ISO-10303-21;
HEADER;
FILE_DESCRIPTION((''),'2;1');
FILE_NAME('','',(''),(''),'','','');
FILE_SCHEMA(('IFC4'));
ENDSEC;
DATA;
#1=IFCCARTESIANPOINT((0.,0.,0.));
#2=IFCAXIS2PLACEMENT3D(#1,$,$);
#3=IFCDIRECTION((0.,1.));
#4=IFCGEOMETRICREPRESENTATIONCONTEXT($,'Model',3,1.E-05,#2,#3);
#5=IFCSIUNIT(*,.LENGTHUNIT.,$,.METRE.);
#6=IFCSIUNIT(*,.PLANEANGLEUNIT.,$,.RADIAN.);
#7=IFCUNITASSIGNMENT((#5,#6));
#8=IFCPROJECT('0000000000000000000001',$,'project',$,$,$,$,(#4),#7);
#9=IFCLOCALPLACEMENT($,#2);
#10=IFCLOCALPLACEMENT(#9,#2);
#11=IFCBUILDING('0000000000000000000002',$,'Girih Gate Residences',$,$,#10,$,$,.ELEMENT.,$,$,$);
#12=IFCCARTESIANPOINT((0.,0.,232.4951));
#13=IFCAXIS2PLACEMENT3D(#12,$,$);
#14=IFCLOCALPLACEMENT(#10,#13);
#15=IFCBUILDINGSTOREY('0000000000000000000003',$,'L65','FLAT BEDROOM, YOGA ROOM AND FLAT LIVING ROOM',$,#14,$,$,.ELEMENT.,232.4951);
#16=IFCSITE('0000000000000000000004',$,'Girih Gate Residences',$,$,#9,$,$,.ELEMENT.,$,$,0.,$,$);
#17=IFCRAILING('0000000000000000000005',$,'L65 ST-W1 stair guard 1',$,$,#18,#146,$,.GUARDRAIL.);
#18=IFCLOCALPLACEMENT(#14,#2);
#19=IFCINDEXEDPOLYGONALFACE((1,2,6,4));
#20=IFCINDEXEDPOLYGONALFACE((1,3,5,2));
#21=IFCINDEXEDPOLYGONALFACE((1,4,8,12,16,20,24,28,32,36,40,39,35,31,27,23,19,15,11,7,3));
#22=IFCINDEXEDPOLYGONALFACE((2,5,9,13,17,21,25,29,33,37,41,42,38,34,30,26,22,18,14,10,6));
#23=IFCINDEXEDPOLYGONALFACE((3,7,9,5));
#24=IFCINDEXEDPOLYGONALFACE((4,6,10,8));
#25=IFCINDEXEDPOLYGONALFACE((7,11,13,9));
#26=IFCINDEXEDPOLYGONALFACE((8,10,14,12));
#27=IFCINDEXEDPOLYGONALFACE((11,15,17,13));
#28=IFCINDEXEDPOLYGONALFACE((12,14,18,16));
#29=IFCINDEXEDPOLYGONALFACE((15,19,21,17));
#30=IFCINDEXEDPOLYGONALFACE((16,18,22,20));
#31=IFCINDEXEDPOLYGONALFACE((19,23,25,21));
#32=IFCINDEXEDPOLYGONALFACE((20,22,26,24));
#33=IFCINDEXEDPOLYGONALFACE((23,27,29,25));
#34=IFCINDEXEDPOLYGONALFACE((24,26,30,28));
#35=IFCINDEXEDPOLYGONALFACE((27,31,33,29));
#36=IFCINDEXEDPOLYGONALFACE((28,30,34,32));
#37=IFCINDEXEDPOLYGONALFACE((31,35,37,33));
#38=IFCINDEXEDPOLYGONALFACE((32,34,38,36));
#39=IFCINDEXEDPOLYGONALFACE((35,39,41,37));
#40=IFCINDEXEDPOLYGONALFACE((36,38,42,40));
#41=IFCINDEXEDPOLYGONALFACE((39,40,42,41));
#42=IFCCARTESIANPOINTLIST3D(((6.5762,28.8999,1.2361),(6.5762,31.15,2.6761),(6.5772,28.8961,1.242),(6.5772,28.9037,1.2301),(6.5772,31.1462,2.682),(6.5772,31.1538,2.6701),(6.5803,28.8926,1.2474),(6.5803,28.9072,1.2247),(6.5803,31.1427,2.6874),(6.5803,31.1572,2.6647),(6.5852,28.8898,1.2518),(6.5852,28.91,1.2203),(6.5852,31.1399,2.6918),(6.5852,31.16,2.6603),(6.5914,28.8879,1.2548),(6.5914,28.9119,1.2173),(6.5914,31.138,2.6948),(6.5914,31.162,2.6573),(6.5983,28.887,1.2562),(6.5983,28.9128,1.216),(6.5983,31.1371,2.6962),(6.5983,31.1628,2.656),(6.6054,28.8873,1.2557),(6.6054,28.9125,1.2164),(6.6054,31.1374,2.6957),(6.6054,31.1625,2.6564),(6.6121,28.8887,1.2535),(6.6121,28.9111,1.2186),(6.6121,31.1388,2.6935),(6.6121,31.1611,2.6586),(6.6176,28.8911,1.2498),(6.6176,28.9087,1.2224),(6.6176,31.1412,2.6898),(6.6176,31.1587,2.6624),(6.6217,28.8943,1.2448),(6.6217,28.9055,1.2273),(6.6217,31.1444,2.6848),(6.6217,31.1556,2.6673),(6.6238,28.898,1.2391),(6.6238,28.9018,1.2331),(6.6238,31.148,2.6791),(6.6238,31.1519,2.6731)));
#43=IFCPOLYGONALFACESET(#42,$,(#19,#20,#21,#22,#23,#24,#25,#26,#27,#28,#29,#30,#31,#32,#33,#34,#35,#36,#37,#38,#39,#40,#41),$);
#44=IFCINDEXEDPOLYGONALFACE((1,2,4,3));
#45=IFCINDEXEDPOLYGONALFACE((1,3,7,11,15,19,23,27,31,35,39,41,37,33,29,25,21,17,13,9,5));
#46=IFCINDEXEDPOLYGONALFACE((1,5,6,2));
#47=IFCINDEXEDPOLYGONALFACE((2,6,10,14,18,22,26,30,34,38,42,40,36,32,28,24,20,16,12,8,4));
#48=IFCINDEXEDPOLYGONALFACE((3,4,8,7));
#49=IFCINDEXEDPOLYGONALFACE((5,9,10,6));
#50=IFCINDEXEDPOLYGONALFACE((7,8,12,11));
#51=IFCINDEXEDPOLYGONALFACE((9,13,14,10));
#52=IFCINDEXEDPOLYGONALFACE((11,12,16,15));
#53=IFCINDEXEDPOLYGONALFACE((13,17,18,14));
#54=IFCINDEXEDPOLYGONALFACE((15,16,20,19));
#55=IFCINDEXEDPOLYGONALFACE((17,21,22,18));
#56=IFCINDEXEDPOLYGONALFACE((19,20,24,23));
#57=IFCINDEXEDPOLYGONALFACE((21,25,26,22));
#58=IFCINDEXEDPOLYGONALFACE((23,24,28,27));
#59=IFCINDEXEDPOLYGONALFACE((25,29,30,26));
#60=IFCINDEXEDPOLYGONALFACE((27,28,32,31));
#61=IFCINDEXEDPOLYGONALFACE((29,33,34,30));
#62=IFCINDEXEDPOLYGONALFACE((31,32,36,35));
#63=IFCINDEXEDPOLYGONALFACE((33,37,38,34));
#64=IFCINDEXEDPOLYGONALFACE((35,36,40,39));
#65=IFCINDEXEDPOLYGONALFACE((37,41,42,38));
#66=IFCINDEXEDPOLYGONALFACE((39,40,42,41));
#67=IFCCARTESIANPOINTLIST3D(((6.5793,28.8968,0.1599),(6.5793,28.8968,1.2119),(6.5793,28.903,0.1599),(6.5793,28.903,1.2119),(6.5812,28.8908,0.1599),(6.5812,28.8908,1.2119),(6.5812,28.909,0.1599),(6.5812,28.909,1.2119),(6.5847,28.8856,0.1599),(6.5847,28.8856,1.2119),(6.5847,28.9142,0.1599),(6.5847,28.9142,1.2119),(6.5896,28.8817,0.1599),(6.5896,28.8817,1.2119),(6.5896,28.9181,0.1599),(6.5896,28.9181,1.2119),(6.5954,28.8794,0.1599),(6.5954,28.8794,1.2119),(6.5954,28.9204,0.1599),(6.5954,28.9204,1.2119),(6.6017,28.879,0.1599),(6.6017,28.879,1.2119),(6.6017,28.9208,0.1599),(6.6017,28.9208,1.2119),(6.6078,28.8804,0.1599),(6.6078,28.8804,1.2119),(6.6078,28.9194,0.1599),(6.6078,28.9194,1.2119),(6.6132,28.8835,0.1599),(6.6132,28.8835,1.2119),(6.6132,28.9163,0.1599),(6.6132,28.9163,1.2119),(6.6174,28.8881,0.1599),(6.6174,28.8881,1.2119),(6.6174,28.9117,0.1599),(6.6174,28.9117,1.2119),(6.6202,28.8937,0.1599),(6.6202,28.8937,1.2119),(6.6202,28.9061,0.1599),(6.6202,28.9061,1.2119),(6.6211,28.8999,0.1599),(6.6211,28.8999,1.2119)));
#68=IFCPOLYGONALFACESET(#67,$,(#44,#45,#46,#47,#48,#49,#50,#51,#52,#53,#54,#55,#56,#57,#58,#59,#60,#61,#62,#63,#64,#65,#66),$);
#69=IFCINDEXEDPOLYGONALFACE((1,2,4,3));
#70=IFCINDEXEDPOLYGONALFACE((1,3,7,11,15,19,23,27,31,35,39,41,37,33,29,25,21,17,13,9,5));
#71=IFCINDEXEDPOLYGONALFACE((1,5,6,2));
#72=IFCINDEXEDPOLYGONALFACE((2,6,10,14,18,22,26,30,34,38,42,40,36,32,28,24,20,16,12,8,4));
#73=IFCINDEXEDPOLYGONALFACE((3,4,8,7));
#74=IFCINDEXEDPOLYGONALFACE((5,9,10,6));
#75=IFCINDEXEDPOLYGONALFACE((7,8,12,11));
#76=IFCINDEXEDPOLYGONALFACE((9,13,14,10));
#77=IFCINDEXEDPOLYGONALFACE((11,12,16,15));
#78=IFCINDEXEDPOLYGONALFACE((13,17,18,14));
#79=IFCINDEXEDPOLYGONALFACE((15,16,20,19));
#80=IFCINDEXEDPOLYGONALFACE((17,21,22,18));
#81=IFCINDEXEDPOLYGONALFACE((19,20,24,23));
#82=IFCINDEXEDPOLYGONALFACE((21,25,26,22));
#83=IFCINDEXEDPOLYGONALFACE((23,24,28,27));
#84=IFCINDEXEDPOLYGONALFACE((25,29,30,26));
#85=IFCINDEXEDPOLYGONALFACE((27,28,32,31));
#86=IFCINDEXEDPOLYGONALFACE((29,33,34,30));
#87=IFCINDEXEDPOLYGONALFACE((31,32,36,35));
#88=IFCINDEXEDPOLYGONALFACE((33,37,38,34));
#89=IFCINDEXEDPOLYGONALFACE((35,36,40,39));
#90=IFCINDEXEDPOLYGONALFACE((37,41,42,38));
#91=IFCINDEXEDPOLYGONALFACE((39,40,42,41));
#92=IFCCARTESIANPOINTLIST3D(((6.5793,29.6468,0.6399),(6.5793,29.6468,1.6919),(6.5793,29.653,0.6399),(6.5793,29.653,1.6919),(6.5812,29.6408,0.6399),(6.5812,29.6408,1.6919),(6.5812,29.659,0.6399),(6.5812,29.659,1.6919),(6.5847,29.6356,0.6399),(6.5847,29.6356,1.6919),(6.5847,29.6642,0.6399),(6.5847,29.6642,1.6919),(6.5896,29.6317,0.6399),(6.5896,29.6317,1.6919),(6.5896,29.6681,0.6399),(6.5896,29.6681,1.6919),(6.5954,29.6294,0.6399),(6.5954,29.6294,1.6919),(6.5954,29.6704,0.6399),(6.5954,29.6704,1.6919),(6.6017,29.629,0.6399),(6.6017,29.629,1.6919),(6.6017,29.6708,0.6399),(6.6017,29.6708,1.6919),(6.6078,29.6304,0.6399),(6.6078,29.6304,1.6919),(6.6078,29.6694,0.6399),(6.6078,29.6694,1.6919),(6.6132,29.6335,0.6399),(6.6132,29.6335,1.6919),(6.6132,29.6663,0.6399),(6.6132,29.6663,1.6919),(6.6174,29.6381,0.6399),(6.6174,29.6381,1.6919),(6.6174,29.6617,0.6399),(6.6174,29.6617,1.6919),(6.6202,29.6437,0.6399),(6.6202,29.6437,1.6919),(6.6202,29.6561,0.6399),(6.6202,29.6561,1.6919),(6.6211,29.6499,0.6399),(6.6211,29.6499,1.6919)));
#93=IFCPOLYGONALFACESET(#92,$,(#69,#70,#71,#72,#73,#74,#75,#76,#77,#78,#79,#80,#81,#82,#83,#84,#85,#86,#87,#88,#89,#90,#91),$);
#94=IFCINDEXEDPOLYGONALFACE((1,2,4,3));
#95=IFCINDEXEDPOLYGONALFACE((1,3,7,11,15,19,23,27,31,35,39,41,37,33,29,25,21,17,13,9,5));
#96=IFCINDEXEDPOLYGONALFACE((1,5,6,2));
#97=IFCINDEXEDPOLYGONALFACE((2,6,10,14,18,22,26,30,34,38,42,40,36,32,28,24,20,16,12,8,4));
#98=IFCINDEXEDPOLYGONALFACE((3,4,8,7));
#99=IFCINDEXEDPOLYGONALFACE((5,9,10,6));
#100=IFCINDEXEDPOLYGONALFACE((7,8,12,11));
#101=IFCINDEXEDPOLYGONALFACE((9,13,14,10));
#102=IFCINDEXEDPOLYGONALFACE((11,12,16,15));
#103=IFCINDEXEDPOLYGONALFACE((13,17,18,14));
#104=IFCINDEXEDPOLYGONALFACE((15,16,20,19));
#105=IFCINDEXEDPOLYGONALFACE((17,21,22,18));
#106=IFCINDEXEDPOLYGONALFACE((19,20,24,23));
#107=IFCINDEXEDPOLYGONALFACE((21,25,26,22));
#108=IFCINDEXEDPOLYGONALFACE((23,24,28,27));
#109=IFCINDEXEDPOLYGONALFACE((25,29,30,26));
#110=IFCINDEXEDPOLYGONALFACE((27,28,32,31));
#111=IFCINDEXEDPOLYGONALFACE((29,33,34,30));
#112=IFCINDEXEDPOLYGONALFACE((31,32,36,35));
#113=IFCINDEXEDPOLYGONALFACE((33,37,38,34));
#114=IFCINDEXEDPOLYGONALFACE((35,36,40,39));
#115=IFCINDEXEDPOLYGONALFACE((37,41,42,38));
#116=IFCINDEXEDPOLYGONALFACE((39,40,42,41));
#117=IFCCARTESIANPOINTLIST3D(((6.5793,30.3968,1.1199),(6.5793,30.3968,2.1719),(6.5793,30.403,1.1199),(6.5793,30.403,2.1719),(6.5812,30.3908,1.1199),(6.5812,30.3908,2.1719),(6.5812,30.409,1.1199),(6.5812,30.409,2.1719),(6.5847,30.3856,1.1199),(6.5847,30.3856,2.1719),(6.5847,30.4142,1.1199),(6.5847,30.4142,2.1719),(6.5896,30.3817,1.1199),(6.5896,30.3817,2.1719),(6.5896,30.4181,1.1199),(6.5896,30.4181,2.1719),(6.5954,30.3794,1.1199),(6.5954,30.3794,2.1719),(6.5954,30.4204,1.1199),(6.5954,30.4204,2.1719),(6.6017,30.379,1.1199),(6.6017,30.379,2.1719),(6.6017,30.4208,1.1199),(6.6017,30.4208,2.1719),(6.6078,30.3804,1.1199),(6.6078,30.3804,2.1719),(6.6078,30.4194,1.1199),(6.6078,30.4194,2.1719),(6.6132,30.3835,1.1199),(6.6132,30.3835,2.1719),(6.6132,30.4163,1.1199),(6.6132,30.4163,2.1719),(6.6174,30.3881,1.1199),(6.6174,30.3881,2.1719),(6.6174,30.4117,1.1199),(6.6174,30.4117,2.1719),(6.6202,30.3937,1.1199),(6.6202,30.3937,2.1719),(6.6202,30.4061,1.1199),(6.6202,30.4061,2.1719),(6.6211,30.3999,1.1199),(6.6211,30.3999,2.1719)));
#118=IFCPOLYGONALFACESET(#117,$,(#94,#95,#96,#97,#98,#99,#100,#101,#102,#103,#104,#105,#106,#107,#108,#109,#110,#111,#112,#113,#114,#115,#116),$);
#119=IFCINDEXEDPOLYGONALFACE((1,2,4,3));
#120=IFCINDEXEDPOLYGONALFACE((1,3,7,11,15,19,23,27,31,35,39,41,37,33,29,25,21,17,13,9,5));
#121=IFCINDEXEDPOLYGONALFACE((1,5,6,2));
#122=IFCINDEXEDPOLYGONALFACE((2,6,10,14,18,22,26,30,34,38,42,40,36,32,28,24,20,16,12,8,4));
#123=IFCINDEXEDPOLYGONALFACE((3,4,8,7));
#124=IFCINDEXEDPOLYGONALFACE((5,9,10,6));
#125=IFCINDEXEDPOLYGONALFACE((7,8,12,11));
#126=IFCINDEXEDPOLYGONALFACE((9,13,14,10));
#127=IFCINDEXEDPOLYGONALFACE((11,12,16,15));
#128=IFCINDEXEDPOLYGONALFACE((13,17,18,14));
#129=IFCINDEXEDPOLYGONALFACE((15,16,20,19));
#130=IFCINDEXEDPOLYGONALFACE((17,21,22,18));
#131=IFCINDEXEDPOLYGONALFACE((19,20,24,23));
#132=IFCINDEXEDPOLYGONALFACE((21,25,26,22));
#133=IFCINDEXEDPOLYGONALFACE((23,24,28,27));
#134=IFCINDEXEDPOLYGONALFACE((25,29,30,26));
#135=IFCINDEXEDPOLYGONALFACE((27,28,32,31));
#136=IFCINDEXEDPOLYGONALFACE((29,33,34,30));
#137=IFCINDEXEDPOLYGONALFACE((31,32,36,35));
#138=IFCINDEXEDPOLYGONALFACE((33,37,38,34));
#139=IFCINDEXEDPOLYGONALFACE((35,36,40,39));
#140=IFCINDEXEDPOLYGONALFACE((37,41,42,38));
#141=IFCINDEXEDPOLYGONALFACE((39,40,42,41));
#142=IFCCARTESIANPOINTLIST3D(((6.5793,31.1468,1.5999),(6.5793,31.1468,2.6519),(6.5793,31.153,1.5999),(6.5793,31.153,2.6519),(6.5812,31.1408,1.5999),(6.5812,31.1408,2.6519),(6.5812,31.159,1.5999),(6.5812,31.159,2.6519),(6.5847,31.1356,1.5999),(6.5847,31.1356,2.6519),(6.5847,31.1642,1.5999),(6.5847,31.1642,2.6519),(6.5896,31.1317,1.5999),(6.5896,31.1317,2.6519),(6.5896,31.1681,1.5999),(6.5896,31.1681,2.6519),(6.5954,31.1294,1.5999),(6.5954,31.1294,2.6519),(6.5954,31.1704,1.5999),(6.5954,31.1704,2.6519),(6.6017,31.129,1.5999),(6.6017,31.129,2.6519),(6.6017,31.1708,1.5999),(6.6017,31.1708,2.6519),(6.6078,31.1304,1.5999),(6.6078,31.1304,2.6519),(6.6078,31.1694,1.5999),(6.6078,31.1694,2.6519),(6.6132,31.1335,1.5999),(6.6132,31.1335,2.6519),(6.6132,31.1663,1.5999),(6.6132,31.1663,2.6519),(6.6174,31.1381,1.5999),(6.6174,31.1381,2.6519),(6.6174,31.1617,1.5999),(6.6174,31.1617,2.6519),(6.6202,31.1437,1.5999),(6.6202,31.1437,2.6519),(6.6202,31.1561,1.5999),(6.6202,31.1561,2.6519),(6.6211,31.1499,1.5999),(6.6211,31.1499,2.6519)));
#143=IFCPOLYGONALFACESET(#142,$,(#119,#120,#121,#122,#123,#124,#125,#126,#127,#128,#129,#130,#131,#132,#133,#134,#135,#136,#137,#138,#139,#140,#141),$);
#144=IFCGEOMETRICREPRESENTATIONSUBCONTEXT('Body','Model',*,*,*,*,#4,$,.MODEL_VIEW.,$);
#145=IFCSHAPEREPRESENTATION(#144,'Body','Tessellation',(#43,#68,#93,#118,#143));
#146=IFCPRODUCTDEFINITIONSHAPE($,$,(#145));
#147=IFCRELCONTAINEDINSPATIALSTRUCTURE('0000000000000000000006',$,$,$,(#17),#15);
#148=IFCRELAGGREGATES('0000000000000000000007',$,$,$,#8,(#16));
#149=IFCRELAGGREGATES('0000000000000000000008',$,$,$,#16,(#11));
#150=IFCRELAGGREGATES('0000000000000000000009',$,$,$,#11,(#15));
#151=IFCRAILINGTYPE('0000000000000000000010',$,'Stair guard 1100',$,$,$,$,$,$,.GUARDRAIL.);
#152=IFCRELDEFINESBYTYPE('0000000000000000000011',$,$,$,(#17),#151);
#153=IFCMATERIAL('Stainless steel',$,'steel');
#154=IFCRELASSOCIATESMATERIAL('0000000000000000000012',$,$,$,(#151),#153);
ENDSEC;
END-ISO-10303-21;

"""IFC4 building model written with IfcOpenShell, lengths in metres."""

from ifc_helpers import new_model, si_unit, direction, frame, origin, origin_2d, place, context, subcontext, project, spatial, circle, extrude, material, type_object, element, save


model = new_model("IFC4")

# Units and contexts
model_context = context("Model", 3, precision=1e-05, world=origin(), true_north=direction((0.0, 1.0)))
body_context = subcontext(model_context, "Body", "Model", "MODEL_VIEW")
ifc_project = project(units=[si_unit("LENGTHUNIT", "METRE"), si_unit("PLANEANGLEUNIT", "RADIAN")], contexts=[model_context])

# Site, building, storey
site_placement = place(None, origin())
site = spatial("IfcSite", under=ifc_project, at=site_placement, Name="Girih Gate Residences", CompositionType="ELEMENT", RefElevation=0.0)
building_placement = place(site_placement, origin())
building = spatial("IfcBuilding", under=site, at=building_placement, Name="Girih Gate Residences", CompositionType="ELEMENT")
storey_placement = place(building_placement, frame((0.0, 0.0, 232.4951)))
storey = spatial("IfcBuildingStorey", under=building, at=storey_placement, Name="L65", Description="FLAT BEDROOM, YOGA ROOM AND FLAT LIVING ROOM", CompositionType="ELEMENT", Elevation=232.4951)

# Shared definitions
ifc_material_1 = material(Name="Stainless steel", Category="steel")

# Railing
railing_type_1 = type_object("IfcRailingType", Name="Stair guard 1100", PredefinedType="GUARDRAIL", material=ifc_material_1)
railing_1_placement = place(storey_placement, frame((6.6001, 28.8999, 0.1599)))
element("IfcRailing", 1, at=railing_1_placement, inside=storey, type_object=railing_type_1, Name="L65 ST-W1 stair guard 1", PredefinedType="GUARDRAIL", context=body_context, shape_type="SweptSolid", body=[
    extrude(circle(Radius=0.0239, at=origin_2d()), frame((0.0, 0.0, 1.0762), z_axis=(0.0, 0.842281, 0.539038), x_axis=(-1.0, 0.0, 0.0)), (0.0, 0.0, 1.0), 2.6714),
    extrude(circle(Radius=0.021, at=origin_2d()), origin(), (0.0, 0.0, 1.0), 1.052),
    extrude(circle(Radius=0.021, at=origin_2d()), frame((0.0, 0.75, 0.48)), (0.0, 0.0, 1.0), 1.052),
    extrude(circle(Radius=0.021, at=origin_2d()), frame((0.0, 1.5, 0.96)), (0.0, 0.0, 1.0), 1.052),
    extrude(circle(Radius=0.021, at=origin_2d()), frame((0.0, 2.25, 1.4399)), (0.0, 0.0, 1.0), 1.052),
])

save(model, "model.ifc")
